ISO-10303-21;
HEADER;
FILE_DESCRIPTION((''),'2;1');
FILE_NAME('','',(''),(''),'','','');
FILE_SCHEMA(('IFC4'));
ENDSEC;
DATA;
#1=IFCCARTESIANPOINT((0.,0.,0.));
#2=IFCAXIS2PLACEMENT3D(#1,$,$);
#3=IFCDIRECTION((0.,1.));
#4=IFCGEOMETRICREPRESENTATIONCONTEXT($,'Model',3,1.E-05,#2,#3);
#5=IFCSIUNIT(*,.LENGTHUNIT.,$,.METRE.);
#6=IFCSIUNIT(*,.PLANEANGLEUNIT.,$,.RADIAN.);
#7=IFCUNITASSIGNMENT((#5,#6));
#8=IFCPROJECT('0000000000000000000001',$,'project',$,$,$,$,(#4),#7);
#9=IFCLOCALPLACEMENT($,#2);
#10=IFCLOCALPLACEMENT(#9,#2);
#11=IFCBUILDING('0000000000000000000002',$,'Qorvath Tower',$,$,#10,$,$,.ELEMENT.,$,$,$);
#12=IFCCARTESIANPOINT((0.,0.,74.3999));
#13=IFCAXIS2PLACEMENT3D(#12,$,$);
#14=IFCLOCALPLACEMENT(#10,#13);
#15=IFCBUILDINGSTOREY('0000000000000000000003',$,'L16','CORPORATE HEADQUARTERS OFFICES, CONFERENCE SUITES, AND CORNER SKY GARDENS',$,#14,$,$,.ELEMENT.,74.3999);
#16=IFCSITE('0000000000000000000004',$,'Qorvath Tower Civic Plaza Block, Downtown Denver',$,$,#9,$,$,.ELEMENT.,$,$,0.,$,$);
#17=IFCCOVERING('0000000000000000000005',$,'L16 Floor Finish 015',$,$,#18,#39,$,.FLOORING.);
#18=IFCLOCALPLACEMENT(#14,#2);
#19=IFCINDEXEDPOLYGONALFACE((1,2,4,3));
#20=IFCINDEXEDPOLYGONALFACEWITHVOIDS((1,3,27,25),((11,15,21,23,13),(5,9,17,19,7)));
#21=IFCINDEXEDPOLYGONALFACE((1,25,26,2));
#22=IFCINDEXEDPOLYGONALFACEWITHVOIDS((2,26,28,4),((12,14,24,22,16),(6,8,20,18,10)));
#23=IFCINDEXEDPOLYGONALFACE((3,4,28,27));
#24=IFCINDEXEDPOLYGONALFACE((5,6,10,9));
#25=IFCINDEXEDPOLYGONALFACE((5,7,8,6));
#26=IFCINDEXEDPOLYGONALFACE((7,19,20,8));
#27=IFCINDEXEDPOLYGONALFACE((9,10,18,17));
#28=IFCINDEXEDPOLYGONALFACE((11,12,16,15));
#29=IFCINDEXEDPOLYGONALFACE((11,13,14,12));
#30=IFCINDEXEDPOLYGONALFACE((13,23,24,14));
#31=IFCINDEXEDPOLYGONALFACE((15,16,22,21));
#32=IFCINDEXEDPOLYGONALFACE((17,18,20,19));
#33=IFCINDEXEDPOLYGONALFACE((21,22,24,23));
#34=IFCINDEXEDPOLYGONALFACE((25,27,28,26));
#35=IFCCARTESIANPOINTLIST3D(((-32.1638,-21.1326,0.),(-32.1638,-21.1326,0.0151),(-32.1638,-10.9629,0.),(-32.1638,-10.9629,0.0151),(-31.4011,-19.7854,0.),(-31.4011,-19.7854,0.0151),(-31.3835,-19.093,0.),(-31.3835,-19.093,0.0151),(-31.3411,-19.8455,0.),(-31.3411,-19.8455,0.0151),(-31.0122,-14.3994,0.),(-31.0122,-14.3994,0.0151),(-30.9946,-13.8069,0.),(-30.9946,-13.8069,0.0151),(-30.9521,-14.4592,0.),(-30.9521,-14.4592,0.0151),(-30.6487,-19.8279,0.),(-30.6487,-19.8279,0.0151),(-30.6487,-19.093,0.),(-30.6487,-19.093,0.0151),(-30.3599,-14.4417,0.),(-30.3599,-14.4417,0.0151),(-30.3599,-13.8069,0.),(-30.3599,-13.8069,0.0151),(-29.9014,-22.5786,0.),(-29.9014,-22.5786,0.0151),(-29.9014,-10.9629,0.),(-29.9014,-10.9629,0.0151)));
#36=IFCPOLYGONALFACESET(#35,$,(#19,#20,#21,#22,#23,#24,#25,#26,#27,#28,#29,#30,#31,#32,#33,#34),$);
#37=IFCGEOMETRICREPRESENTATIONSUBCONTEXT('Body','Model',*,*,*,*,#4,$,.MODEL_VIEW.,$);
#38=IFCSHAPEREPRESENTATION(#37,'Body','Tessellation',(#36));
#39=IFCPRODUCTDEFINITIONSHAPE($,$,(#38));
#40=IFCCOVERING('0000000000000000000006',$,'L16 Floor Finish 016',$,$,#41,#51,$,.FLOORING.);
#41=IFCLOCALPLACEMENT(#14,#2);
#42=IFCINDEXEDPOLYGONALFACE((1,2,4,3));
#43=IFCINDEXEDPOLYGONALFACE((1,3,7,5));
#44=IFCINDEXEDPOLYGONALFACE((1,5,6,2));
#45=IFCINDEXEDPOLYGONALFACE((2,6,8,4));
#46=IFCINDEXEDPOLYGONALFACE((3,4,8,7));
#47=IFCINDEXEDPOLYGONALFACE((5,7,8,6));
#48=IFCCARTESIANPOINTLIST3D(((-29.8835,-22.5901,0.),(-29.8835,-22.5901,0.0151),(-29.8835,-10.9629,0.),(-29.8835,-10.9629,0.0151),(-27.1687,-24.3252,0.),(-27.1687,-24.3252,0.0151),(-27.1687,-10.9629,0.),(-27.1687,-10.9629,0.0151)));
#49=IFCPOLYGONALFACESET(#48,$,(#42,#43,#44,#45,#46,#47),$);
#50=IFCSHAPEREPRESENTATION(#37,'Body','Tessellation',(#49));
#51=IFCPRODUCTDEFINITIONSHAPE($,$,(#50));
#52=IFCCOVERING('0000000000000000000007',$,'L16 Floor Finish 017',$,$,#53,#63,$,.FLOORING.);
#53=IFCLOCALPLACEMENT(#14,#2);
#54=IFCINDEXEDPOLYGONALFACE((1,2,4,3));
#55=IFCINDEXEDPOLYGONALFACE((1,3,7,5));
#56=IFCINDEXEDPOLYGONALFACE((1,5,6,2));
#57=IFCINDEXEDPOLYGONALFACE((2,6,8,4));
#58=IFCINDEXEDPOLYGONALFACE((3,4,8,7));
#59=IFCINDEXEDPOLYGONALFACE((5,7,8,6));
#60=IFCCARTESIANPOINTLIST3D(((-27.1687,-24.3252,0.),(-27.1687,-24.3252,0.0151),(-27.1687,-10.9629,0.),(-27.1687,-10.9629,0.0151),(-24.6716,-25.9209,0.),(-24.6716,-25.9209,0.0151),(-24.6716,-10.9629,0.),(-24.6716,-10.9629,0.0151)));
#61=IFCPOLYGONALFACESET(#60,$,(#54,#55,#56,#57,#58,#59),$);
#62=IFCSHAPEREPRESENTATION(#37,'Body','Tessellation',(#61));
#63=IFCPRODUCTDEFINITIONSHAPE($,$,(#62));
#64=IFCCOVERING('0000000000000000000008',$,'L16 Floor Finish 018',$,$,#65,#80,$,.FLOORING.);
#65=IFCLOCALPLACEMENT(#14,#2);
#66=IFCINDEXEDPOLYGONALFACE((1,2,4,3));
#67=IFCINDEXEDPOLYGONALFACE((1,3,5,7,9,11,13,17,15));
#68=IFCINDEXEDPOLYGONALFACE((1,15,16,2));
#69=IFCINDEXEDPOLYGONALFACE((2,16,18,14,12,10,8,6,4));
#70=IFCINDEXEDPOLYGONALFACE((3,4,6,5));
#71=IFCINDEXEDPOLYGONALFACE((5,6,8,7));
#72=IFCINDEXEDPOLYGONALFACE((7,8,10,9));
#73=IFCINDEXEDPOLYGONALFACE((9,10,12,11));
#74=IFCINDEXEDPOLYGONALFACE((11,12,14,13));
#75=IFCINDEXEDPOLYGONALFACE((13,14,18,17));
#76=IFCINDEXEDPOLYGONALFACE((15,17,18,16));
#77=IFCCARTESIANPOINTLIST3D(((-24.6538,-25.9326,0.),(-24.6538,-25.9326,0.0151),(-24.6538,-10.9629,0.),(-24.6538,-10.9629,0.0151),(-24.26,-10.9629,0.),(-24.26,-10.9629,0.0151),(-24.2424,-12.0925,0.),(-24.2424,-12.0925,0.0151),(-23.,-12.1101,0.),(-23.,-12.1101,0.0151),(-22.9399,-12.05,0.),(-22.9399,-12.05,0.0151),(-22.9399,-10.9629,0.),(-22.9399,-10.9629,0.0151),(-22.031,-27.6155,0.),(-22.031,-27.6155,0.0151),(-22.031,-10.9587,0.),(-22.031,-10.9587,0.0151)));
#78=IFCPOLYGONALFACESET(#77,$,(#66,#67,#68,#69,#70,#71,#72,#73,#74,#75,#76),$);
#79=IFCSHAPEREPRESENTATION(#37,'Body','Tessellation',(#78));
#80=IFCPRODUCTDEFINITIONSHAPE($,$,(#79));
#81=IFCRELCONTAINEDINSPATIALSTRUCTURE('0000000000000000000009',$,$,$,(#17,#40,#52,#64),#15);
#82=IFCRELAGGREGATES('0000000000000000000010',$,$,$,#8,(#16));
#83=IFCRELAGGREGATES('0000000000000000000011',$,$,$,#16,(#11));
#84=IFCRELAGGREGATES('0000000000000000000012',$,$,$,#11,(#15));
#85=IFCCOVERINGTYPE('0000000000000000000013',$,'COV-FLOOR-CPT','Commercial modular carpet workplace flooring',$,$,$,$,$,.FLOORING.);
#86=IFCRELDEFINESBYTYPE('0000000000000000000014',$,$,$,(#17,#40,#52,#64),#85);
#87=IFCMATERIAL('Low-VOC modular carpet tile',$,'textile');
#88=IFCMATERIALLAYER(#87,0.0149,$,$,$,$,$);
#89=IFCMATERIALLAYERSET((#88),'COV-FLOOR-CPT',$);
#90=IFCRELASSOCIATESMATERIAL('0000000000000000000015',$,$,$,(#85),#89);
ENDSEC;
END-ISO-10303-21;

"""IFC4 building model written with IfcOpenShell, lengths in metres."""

from ifc_helpers import new_model, si_unit, direction, frame, origin, place, context, subcontext, project, spatial, polyline, outline, extrude, material, layer, layer_set, type_object, element, save


model = new_model("IFC4")

# Units and contexts
model_context = context("Model", 3, precision=1e-05, world=origin(), true_north=direction((0.0, 1.0)))
body_context = subcontext(model_context, "Body", "Model", "MODEL_VIEW")
ifc_project = project(units=[si_unit("LENGTHUNIT", "METRE"), si_unit("PLANEANGLEUNIT", "RADIAN")], contexts=[model_context])

# Site, building, storey
site_placement = place(None, origin())
site = spatial("IfcSite", under=ifc_project, at=site_placement, Name="Qorvath Tower Civic Plaza Block, Downtown Denver", CompositionType="ELEMENT", RefElevation=0.0)
building_placement = place(site_placement, origin())
building = spatial("IfcBuilding", under=site, at=building_placement, Name="Qorvath Tower", CompositionType="ELEMENT")
storey_placement = place(building_placement, frame((0.0, 0.0, 74.3999)))
storey = spatial("IfcBuildingStorey", under=building, at=storey_placement, Name="L16", Description="CORPORATE HEADQUARTERS OFFICES, CONFERENCE SUITES, AND CORNER SKY GARDENS", CompositionType="ELEMENT", Elevation=74.3999)

# Coverings
ifc_material_1 = material(Name="Low-VOC modular carpet tile", Category="textile")
ifc_layer_1 = layer(ifc_material_1, 0.0149)
ifc_layer_set_1 = layer_set([ifc_layer_1], Name="COV-FLOOR-CPT")
covering_type_1 = type_object("IfcCoveringType", Name="COV-FLOOR-CPT", Description="Commercial modular carpet workplace flooring", PredefinedType="FLOORING", material=ifc_layer_set_1)
covering_1_placement = place(storey_placement, origin())
element("IfcCovering", 1, at=covering_1_placement, inside=storey, type_object=covering_type_1, Name="L16 Floor Finish 015", PredefinedType="FLOORING", context=body_context, shape_type="SweptSolid", body=[
    extrude(outline(polyline([(-32.1638, -10.9629), (-32.1638, -21.1326), (-29.9014, -22.5786), (-29.9014, -10.9629), (-32.1638, -10.9629)]), holes=[polyline([(-31.0122, -14.3994), (-30.9946, -13.8069), (-30.3599, -13.8069), (-30.3599, -14.4417), (-30.9521, -14.4592), (-31.0122, -14.3994)]), polyline([(-31.4011, -19.7854), (-31.3835, -19.093), (-30.6487, -19.093), (-30.6487, -19.8279), (-31.3411, -19.8455), (-31.4011, -19.7854)])]), origin(), (0.0, 0.0, 1.0), 0.0151),
])
covering_2_placement = place(storey_placement, origin())
element("IfcCovering", 2, at=covering_2_placement, inside=storey, type_object=covering_type_1, Name="L16 Floor Finish 016", PredefinedType="FLOORING", context=body_context, shape_type="SweptSolid", body=[
    extrude(outline(polyline([(-27.1687, -24.3252), (-27.1687, -10.9629), (-29.8835, -10.9629), (-29.8835, -22.5901), (-27.1687, -24.3252)])), origin(), (0.0, 0.0, 1.0), 0.0151),
])
covering_3_placement = place(storey_placement, origin())
element("IfcCovering", 3, at=covering_3_placement, inside=storey, type_object=covering_type_1, Name="L16 Floor Finish 017", PredefinedType="FLOORING", context=body_context, shape_type="SweptSolid", body=[
    extrude(outline(polyline([(-24.6716, -10.9629), (-27.1687, -10.9629), (-27.1687, -24.3252), (-24.6716, -25.9209), (-24.6716, -10.9629)])), origin(), (0.0, 0.0, 1.0), 0.0151),
])
covering_4_placement = place(storey_placement, origin())
element("IfcCovering", 4, at=covering_4_placement, inside=storey, type_object=covering_type_1, Name="L16 Floor Finish 018", PredefinedType="FLOORING", context=body_context, shape_type="SweptSolid", body=[
    extrude(outline(polyline([(-24.6538, -25.9326), (-22.031, -27.6155), (-22.031, -10.9587), (-22.9399, -10.9629), (-22.9399, -12.05), (-23.0, -12.1101), (-24.2424, -12.0925), (-24.26, -10.9629), (-24.6538, -10.9629), (-24.6538, -25.9326)])), origin(), (0.0, 0.0, 1.0), 0.0151),
])

save(model, "model.ifc")
